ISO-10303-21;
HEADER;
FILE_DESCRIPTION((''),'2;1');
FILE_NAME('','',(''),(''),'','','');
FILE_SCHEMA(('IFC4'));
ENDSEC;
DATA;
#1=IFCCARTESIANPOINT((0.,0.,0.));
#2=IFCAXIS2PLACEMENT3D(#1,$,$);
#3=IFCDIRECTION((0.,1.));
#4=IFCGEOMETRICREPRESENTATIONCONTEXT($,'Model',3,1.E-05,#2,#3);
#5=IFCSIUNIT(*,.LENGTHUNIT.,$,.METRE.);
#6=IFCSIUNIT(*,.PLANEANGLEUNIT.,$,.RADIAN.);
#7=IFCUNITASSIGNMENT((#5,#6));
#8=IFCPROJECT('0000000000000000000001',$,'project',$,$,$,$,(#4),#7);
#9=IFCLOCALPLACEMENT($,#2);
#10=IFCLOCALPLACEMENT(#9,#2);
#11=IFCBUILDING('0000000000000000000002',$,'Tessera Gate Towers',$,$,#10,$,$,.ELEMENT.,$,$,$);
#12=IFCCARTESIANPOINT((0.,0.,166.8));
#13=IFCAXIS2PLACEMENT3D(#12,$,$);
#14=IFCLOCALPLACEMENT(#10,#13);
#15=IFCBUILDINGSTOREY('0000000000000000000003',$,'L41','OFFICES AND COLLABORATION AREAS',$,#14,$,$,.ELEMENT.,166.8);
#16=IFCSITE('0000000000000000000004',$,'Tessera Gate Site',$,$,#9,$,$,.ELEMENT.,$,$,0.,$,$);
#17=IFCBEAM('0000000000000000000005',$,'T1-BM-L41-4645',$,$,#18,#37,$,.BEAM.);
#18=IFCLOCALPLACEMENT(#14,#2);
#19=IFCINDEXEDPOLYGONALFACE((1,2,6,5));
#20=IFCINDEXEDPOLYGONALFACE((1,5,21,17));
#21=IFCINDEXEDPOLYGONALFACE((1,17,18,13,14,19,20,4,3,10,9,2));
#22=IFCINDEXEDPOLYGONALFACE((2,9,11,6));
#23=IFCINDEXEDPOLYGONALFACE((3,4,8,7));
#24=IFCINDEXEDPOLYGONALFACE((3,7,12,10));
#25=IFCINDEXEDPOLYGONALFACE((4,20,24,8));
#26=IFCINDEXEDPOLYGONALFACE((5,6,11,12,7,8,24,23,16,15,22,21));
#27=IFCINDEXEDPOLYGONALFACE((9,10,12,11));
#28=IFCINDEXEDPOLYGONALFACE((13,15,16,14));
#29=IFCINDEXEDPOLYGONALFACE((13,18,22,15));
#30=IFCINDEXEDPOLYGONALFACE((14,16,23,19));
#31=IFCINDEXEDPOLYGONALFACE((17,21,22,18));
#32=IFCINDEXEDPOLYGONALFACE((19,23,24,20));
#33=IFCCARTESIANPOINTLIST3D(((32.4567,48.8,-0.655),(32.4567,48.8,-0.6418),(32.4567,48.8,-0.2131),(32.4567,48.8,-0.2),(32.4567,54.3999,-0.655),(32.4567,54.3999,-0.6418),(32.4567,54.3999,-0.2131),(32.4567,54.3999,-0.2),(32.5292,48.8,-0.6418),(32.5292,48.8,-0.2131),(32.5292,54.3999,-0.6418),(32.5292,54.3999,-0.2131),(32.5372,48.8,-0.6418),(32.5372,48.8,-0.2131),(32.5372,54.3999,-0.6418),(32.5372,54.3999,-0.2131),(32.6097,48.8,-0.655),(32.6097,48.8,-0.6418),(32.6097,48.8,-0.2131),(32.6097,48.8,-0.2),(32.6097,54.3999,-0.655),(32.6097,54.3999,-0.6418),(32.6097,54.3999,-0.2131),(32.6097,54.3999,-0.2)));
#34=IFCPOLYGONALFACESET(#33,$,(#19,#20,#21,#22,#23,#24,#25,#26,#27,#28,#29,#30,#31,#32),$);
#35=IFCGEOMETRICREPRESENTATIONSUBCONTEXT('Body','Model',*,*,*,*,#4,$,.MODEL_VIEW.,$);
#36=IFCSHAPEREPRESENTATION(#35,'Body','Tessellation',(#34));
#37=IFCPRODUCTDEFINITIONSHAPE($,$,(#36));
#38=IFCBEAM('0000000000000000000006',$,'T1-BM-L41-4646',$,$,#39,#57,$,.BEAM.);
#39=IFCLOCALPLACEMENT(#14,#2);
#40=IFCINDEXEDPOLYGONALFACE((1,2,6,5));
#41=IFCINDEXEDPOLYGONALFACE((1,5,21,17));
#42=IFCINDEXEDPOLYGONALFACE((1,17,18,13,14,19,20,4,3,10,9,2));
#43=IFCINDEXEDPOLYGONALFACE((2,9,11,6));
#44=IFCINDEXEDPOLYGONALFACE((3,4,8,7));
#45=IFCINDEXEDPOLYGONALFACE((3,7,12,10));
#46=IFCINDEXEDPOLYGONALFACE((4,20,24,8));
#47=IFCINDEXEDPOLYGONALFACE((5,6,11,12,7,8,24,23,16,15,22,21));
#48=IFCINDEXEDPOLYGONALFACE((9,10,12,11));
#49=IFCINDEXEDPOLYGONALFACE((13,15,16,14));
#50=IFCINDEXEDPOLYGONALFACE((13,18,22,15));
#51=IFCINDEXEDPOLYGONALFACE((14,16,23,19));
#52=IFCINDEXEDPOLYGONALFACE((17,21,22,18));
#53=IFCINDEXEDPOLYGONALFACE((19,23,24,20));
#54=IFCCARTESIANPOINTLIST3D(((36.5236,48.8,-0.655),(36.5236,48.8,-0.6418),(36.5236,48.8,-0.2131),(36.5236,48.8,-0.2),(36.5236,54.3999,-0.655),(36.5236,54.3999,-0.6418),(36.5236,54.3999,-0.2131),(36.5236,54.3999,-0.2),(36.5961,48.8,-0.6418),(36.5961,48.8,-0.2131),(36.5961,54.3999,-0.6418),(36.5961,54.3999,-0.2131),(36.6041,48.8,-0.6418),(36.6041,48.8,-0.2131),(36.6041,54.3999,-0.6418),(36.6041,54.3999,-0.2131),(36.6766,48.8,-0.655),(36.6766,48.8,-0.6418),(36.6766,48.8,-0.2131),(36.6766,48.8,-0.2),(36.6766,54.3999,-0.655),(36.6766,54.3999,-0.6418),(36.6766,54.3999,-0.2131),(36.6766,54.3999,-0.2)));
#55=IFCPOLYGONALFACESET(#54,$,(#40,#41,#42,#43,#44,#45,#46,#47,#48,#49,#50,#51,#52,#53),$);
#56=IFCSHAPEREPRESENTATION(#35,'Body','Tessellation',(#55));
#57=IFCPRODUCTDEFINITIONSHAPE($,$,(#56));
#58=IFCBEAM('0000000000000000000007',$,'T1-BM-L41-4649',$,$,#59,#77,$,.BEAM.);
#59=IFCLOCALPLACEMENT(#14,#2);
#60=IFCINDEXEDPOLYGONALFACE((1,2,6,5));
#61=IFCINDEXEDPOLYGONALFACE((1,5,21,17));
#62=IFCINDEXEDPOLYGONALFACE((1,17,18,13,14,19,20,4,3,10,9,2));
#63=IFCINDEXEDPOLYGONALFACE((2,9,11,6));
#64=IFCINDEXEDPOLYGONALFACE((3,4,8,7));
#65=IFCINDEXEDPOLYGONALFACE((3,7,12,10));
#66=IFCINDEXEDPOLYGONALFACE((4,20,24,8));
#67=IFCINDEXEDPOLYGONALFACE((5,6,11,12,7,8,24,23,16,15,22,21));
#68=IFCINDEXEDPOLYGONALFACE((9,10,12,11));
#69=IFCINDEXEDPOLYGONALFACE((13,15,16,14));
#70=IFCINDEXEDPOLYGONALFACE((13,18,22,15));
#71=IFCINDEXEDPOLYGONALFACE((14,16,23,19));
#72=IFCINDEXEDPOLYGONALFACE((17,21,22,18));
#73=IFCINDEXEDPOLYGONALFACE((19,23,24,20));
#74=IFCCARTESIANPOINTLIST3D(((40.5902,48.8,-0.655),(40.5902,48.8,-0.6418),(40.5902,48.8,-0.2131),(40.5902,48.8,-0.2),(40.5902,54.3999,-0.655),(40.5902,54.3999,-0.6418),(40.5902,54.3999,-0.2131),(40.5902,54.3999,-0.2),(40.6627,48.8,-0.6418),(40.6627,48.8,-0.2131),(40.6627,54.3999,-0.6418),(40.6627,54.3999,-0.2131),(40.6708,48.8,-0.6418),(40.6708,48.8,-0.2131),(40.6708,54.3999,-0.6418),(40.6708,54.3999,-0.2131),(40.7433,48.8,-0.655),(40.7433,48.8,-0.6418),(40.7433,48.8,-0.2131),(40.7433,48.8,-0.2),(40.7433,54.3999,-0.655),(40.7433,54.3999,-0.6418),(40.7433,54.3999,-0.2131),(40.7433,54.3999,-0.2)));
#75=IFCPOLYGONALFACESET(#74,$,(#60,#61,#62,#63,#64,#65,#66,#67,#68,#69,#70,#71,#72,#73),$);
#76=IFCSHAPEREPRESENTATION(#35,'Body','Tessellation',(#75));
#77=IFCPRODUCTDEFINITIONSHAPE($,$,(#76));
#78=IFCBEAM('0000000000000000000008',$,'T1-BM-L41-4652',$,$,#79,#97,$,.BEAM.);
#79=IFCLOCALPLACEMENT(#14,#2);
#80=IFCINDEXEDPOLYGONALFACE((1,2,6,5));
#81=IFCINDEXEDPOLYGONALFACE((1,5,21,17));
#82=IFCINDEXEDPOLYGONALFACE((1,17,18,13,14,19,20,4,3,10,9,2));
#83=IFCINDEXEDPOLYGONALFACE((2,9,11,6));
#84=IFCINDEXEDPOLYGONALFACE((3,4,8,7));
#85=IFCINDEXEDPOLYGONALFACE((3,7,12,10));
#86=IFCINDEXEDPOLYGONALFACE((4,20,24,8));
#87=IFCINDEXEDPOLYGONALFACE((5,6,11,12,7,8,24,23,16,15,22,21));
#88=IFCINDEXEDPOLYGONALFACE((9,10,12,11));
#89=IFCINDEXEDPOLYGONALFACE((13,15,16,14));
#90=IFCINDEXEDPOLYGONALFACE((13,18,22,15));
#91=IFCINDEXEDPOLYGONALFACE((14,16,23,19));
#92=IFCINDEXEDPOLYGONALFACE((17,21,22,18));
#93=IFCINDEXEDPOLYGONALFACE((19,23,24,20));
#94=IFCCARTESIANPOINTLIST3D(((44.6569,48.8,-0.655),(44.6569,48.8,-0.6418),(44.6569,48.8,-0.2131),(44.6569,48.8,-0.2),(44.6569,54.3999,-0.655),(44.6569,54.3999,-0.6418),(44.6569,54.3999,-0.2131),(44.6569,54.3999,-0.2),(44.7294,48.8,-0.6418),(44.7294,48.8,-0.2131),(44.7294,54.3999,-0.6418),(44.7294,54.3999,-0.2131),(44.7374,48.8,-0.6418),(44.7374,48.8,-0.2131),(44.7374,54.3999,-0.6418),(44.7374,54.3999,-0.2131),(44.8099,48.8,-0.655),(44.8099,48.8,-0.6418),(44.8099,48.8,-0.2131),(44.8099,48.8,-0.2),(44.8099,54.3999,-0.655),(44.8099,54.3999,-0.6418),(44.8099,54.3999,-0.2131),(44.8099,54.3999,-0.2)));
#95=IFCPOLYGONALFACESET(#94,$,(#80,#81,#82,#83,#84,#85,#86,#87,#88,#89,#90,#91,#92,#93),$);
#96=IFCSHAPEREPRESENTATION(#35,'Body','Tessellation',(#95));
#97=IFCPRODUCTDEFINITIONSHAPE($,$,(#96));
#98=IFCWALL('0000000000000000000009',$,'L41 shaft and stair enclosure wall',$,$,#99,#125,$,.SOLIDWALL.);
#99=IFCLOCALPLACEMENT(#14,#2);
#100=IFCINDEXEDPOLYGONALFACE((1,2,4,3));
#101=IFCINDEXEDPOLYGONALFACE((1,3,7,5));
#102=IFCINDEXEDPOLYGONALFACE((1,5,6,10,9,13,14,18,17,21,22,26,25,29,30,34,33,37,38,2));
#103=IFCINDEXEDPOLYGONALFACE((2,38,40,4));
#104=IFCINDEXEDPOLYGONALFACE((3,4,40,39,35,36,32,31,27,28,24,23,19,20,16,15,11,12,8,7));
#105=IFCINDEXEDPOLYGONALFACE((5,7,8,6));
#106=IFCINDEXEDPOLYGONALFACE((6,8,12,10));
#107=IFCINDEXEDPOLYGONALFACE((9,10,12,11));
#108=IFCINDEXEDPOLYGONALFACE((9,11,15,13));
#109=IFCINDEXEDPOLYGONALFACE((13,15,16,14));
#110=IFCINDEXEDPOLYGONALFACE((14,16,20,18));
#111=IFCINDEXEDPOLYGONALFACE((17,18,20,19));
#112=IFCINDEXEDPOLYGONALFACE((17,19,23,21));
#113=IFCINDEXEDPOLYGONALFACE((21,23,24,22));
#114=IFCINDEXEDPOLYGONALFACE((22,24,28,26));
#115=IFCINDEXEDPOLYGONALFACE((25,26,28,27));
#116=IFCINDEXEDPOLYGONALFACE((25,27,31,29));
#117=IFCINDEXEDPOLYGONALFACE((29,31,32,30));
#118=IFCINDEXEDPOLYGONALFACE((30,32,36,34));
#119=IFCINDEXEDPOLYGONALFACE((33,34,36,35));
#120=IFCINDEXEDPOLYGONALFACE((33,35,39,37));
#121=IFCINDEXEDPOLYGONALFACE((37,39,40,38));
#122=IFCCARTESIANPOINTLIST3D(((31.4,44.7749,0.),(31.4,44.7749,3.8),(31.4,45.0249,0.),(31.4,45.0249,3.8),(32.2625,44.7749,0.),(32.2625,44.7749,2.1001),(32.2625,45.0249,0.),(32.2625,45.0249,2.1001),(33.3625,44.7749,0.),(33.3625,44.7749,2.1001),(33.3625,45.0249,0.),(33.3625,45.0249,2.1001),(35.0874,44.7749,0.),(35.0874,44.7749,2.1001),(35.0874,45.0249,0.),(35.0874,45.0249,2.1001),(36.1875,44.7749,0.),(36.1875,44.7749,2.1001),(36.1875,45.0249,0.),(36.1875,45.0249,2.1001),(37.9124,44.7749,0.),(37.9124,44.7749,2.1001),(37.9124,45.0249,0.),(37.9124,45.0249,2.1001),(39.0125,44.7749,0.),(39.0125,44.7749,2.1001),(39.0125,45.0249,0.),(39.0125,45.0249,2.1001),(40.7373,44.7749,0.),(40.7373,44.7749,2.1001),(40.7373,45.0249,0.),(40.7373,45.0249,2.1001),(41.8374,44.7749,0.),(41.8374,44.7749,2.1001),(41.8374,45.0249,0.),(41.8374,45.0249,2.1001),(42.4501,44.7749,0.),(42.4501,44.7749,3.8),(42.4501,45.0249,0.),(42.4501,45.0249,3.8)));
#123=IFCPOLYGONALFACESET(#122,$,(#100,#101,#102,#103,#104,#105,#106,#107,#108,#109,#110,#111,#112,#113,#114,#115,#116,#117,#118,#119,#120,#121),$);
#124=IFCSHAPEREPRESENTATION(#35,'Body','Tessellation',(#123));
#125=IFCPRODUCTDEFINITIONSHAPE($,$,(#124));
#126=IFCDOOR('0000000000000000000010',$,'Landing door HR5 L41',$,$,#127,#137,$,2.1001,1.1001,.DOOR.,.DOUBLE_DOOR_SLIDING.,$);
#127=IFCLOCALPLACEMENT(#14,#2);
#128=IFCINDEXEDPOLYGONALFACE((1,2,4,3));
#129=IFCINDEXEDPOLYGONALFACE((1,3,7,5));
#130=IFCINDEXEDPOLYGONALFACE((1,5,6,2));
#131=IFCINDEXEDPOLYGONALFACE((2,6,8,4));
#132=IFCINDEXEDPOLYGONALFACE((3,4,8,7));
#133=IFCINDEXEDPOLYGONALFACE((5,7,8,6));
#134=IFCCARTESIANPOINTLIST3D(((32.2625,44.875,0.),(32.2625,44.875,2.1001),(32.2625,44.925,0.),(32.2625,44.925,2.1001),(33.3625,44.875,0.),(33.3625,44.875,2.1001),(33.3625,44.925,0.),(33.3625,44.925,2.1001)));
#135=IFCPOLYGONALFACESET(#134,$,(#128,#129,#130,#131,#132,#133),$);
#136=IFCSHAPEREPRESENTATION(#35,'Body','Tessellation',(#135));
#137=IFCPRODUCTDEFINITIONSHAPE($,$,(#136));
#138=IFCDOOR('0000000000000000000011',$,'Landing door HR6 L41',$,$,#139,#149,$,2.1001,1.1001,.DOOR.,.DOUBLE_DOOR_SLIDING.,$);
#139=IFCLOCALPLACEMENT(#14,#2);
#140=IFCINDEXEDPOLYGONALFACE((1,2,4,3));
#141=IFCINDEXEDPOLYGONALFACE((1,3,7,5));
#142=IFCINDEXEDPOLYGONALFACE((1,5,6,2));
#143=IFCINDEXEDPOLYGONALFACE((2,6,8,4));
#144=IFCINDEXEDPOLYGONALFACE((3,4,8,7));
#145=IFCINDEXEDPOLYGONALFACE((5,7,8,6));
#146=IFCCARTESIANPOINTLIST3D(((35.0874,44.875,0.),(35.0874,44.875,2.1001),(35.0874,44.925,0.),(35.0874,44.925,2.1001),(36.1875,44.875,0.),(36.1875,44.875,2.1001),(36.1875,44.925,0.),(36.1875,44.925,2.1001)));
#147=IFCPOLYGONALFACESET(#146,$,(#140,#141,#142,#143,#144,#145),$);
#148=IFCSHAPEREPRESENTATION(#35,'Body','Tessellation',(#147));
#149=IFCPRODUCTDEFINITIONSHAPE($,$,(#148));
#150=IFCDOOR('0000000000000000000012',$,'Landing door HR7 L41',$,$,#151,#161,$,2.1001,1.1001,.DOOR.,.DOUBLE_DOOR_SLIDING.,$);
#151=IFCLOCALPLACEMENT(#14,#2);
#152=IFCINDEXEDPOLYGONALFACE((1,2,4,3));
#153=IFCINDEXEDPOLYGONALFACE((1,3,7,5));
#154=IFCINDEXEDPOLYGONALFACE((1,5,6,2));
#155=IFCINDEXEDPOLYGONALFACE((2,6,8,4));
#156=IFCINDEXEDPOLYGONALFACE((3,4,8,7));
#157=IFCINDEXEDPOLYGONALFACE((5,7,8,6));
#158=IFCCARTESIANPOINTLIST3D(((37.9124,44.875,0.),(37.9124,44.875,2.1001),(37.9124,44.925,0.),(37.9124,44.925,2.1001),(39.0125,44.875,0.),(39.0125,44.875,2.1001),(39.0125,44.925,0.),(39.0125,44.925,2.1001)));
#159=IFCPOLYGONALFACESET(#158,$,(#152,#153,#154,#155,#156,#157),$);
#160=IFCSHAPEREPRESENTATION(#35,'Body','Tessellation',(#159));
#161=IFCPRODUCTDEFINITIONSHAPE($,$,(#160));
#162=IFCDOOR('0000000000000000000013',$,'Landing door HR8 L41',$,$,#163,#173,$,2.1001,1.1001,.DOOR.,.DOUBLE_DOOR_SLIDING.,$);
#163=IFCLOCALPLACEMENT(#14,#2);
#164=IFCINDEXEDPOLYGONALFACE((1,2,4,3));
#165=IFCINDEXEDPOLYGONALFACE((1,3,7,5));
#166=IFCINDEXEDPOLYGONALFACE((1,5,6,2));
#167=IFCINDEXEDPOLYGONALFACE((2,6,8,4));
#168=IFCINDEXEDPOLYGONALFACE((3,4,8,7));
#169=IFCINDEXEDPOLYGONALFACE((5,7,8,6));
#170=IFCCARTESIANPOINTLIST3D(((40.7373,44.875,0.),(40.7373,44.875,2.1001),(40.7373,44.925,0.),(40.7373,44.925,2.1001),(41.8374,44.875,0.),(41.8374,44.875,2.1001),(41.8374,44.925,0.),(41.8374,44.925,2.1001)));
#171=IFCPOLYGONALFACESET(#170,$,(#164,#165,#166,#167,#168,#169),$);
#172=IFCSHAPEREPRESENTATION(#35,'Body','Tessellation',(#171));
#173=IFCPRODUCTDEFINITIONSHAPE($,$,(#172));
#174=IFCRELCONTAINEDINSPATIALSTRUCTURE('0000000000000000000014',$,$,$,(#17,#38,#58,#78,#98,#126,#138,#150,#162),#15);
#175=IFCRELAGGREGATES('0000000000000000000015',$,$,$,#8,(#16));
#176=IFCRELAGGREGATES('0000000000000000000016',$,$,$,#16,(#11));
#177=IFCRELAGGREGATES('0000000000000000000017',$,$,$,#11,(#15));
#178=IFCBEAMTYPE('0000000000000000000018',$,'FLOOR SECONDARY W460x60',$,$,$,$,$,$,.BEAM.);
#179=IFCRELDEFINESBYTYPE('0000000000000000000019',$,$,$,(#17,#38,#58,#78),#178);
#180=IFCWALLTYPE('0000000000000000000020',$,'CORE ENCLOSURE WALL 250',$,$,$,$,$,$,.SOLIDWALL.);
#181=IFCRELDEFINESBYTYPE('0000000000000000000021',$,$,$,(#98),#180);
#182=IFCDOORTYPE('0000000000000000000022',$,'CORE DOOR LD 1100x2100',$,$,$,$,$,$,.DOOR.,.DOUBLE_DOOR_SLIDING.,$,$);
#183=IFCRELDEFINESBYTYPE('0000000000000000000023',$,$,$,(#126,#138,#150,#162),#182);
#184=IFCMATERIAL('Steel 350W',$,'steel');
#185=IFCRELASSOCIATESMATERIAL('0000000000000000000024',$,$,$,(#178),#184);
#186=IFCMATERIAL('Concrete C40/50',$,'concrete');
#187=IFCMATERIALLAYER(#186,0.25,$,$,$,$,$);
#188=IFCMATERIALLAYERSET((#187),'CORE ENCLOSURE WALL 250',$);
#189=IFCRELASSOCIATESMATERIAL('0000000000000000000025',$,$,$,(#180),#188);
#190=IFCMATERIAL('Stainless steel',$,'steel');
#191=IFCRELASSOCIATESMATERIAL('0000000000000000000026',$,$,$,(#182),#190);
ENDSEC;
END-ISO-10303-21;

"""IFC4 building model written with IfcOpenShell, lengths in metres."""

from ifc_helpers import new_model, si_unit, direction, frame, frame_2d, origin, origin_2d, place, context, subcontext, project, spatial, rectangle, i_section, extrude, source, transform, mapped, material, layer, layer_set, material_profile, profile_set, type_object, element, fill, save


model = new_model("IFC4")

# Units and contexts
model_context = context("Model", 3, precision=1e-05, world=origin(), true_north=direction((0.0, 1.0)))
body_context = subcontext(model_context, "Body", "Model", "MODEL_VIEW")
ifc_project = project(units=[si_unit("LENGTHUNIT", "METRE"), si_unit("PLANEANGLEUNIT", "RADIAN")], contexts=[model_context])

# Site, building, storey
site_placement = place(None, origin())
site = spatial("IfcSite", under=ifc_project, at=site_placement, Name="Tessera Gate Site", CompositionType="ELEMENT", RefElevation=0.0)
building_placement = place(site_placement, origin())
building = spatial("IfcBuilding", under=site, at=building_placement, Name="Tessera Gate Towers", CompositionType="ELEMENT")
storey_placement = place(building_placement, frame((0.0, 0.0, 166.8)))
storey = spatial("IfcBuildingStorey", under=building, at=storey_placement, Name="L41", Description="OFFICES AND COLLABORATION AREAS", CompositionType="ELEMENT", Elevation=166.8)

# Beams
ifc_material_1 = material(Name="Steel 350W", Category="steel")
ifc_material_profile = material_profile(ifc_material_1, i_section(OverallWidth=0.1531, OverallDepth=0.4551, WebThickness=0.0081, FlangeThickness=0.0132, at=origin_2d()), Name="W460x60")
ifc_profile_set = profile_set([ifc_material_profile], Name="Steel 350W")
beam_type = type_object("IfcBeamType", Name="FLOOR SECONDARY W460x60", PredefinedType="BEAM", material=ifc_profile_set)
for number, where, z_axis, x_axis, name in (
    (1, (32.5332, 48.8, -0.4275), (0.0, 1.0, 0.0), (-1.0, 0.0, 0.0), "T1-BM-L41-4645"),
    (2, (36.6001, 48.8, -0.4275), (0.0, 1.0, 0.0), (-1.0, 0.0, 0.0), "T1-BM-L41-4646"),
    (3, (40.6667, 48.8, -0.4275), (0.0, 1.0, 0.0), (-1.0, 0.0, 0.0), "T1-BM-L41-4649"),
    (4, (44.7334, 48.8, -0.4275), (0.0, 1.0, 0.0), (-1.0, 0.0, 0.0), "T1-BM-L41-4652"),
):
    element("IfcBeam", number, at=place(storey_placement, frame(where, z_axis=z_axis, x_axis=x_axis)), inside=storey, type_object=beam_type, Name=name, PredefinedType="BEAM", context=body_context, shape_type="SweptSolid", body=[
        extrude(i_section(OverallWidth=0.1531, OverallDepth=0.4551, WebThickness=0.0081, FlangeThickness=0.0132, at=origin_2d()), origin(), (0.0, 0.0, 1.0), 5.5999),
    ])

# Wall, openings, doors
ifc_material_2 = material(Name="Concrete C40/50", Category="concrete")
ifc_layer_1 = layer(ifc_material_2, 0.25)
ifc_layer_set_1 = layer_set([ifc_layer_1], Name="CORE ENCLOSURE WALL 250")
wall_type_1 = type_object("IfcWallType", Name="CORE ENCLOSURE WALL 250", PredefinedType="SOLIDWALL", material=ifc_layer_set_1)
wall_1_placement = place(storey_placement, frame((42.45, 44.8999, 0.0), z_axis=(0.0, 0.0, 1.0), x_axis=(-1.0, 0.0, 0.0)))
wall_1 = element("IfcWall", 5, at=wall_1_placement, inside=storey, type_object=wall_type_1, Name="L41 shaft and stair enclosure wall", PredefinedType="SOLIDWALL", context=body_context, shape_type="SweptSolid", body=[
    extrude(rectangle(XDim=11.05, YDim=0.25, at=frame_2d((5.5249, 0.0))), origin(), (0.0, 0.0, 1.0), 3.8),
])
shared_shape_1 = source(origin(), body_context, "Body", "SweptSolid", [
    extrude(rectangle(XDim=1.1001, YDim=2.1001, at=frame_2d((0.55, 1.05))), frame((0.0, 0.135, 0.0), z_axis=(0.0, -1.0, 0.0), x_axis=(1.0, 0.0, 0.0)), (0.0, 0.0, 1.0), 0.27),
])
opening_1_placement = place(wall_1_placement, frame((9.0874, 0.0, 0.0)))
opening_1 = element("IfcOpeningElement", 6, at=opening_1_placement, cuts=wall_1, PredefinedType="OPENING", context=body_context, shape_type="MappedRepresentation", body=[
    mapped(shared_shape_1, transform((0.0, 0.0, 0.0), scale=1.0)),
])
opening_2_placement = place(wall_1_placement, frame((6.2625, 0.0, 0.0)))
opening_2 = element("IfcOpeningElement", 7, at=opening_2_placement, cuts=wall_1, PredefinedType="OPENING", context=body_context, shape_type="MappedRepresentation", body=[
    mapped(shared_shape_1, transform((0.0, 0.0, 0.0), scale=1.0)),
])
opening_3_placement = place(wall_1_placement, frame((3.4375, 0.0, 0.0)))
opening_3 = element("IfcOpeningElement", 8, at=opening_3_placement, cuts=wall_1, PredefinedType="OPENING", context=body_context, shape_type="MappedRepresentation", body=[
    mapped(shared_shape_1, transform((0.0, 0.0, 0.0), scale=1.0)),
])
opening_4_placement = place(wall_1_placement, frame((0.6125, 0.0, 0.0)))
opening_4 = element("IfcOpeningElement", 9, at=opening_4_placement, cuts=wall_1, PredefinedType="OPENING", context=body_context, shape_type="MappedRepresentation", body=[
    mapped(shared_shape_1, transform((0.0, 0.0, 0.0), scale=1.0)),
])
ifc_material_3 = material(Name="Stainless steel", Category="steel")
door_type_1 = type_object("IfcDoorType", Name="CORE DOOR LD 1100x2100", OperationType="DOUBLE_DOOR_SLIDING", PredefinedType="DOOR", material=ifc_material_3)
shared_shape_2 = source(origin(), body_context, "Body", "SweptSolid", [
    extrude(rectangle(XDim=1.1001, YDim=2.1001, at=frame_2d((0.55, 1.05))), frame((0.0, 0.0249, 0.0), z_axis=(0.0, -1.0, 0.0), x_axis=(1.0, 0.0, 0.0)), (0.0, 0.0, 1.0), 0.05),
])
door_1_placement = place(opening_1_placement, origin())
door_1 = element("IfcDoor", 10, at=door_1_placement, inside=storey, type_object=door_type_1, Name="Landing door HR5 L41", OperationType="DOUBLE_DOOR_SLIDING", OverallHeight=2.1001, OverallWidth=1.1001, PredefinedType="DOOR", context=body_context, shape_type="MappedRepresentation", body=[
    mapped(shared_shape_2, transform((0.0, 0.0, 0.0), scale=1.0)),
])
fill(opening_1, door_1)
door_2_placement = place(opening_2_placement, origin())
door_2 = element("IfcDoor", 11, at=door_2_placement, inside=storey, type_object=door_type_1, Name="Landing door HR6 L41", OperationType="DOUBLE_DOOR_SLIDING", OverallHeight=2.1001, OverallWidth=1.1001, PredefinedType="DOOR", context=body_context, shape_type="MappedRepresentation", body=[
    mapped(shared_shape_2, transform((0.0, 0.0, 0.0), scale=1.0)),
])
fill(opening_2, door_2)
door_3_placement = place(opening_3_placement, origin())
door_3 = element("IfcDoor", 12, at=door_3_placement, inside=storey, type_object=door_type_1, Name="Landing door HR7 L41", OperationType="DOUBLE_DOOR_SLIDING", OverallHeight=2.1001, OverallWidth=1.1001, PredefinedType="DOOR", context=body_context, shape_type="MappedRepresentation", body=[
    mapped(shared_shape_2, transform((0.0, 0.0, 0.0), scale=1.0)),
])
fill(opening_3, door_3)
door_4_placement = place(opening_4_placement, origin())
door_4 = element("IfcDoor", 13, at=door_4_placement, inside=storey, type_object=door_type_1, Name="Landing door HR8 L41", OperationType="DOUBLE_DOOR_SLIDING", OverallHeight=2.1001, OverallWidth=1.1001, PredefinedType="DOOR", context=body_context, shape_type="MappedRepresentation", body=[
    mapped(shared_shape_2, transform((0.0, 0.0, 0.0), scale=1.0)),
])
fill(opening_4, door_4)

save(model, "model.ifc")
